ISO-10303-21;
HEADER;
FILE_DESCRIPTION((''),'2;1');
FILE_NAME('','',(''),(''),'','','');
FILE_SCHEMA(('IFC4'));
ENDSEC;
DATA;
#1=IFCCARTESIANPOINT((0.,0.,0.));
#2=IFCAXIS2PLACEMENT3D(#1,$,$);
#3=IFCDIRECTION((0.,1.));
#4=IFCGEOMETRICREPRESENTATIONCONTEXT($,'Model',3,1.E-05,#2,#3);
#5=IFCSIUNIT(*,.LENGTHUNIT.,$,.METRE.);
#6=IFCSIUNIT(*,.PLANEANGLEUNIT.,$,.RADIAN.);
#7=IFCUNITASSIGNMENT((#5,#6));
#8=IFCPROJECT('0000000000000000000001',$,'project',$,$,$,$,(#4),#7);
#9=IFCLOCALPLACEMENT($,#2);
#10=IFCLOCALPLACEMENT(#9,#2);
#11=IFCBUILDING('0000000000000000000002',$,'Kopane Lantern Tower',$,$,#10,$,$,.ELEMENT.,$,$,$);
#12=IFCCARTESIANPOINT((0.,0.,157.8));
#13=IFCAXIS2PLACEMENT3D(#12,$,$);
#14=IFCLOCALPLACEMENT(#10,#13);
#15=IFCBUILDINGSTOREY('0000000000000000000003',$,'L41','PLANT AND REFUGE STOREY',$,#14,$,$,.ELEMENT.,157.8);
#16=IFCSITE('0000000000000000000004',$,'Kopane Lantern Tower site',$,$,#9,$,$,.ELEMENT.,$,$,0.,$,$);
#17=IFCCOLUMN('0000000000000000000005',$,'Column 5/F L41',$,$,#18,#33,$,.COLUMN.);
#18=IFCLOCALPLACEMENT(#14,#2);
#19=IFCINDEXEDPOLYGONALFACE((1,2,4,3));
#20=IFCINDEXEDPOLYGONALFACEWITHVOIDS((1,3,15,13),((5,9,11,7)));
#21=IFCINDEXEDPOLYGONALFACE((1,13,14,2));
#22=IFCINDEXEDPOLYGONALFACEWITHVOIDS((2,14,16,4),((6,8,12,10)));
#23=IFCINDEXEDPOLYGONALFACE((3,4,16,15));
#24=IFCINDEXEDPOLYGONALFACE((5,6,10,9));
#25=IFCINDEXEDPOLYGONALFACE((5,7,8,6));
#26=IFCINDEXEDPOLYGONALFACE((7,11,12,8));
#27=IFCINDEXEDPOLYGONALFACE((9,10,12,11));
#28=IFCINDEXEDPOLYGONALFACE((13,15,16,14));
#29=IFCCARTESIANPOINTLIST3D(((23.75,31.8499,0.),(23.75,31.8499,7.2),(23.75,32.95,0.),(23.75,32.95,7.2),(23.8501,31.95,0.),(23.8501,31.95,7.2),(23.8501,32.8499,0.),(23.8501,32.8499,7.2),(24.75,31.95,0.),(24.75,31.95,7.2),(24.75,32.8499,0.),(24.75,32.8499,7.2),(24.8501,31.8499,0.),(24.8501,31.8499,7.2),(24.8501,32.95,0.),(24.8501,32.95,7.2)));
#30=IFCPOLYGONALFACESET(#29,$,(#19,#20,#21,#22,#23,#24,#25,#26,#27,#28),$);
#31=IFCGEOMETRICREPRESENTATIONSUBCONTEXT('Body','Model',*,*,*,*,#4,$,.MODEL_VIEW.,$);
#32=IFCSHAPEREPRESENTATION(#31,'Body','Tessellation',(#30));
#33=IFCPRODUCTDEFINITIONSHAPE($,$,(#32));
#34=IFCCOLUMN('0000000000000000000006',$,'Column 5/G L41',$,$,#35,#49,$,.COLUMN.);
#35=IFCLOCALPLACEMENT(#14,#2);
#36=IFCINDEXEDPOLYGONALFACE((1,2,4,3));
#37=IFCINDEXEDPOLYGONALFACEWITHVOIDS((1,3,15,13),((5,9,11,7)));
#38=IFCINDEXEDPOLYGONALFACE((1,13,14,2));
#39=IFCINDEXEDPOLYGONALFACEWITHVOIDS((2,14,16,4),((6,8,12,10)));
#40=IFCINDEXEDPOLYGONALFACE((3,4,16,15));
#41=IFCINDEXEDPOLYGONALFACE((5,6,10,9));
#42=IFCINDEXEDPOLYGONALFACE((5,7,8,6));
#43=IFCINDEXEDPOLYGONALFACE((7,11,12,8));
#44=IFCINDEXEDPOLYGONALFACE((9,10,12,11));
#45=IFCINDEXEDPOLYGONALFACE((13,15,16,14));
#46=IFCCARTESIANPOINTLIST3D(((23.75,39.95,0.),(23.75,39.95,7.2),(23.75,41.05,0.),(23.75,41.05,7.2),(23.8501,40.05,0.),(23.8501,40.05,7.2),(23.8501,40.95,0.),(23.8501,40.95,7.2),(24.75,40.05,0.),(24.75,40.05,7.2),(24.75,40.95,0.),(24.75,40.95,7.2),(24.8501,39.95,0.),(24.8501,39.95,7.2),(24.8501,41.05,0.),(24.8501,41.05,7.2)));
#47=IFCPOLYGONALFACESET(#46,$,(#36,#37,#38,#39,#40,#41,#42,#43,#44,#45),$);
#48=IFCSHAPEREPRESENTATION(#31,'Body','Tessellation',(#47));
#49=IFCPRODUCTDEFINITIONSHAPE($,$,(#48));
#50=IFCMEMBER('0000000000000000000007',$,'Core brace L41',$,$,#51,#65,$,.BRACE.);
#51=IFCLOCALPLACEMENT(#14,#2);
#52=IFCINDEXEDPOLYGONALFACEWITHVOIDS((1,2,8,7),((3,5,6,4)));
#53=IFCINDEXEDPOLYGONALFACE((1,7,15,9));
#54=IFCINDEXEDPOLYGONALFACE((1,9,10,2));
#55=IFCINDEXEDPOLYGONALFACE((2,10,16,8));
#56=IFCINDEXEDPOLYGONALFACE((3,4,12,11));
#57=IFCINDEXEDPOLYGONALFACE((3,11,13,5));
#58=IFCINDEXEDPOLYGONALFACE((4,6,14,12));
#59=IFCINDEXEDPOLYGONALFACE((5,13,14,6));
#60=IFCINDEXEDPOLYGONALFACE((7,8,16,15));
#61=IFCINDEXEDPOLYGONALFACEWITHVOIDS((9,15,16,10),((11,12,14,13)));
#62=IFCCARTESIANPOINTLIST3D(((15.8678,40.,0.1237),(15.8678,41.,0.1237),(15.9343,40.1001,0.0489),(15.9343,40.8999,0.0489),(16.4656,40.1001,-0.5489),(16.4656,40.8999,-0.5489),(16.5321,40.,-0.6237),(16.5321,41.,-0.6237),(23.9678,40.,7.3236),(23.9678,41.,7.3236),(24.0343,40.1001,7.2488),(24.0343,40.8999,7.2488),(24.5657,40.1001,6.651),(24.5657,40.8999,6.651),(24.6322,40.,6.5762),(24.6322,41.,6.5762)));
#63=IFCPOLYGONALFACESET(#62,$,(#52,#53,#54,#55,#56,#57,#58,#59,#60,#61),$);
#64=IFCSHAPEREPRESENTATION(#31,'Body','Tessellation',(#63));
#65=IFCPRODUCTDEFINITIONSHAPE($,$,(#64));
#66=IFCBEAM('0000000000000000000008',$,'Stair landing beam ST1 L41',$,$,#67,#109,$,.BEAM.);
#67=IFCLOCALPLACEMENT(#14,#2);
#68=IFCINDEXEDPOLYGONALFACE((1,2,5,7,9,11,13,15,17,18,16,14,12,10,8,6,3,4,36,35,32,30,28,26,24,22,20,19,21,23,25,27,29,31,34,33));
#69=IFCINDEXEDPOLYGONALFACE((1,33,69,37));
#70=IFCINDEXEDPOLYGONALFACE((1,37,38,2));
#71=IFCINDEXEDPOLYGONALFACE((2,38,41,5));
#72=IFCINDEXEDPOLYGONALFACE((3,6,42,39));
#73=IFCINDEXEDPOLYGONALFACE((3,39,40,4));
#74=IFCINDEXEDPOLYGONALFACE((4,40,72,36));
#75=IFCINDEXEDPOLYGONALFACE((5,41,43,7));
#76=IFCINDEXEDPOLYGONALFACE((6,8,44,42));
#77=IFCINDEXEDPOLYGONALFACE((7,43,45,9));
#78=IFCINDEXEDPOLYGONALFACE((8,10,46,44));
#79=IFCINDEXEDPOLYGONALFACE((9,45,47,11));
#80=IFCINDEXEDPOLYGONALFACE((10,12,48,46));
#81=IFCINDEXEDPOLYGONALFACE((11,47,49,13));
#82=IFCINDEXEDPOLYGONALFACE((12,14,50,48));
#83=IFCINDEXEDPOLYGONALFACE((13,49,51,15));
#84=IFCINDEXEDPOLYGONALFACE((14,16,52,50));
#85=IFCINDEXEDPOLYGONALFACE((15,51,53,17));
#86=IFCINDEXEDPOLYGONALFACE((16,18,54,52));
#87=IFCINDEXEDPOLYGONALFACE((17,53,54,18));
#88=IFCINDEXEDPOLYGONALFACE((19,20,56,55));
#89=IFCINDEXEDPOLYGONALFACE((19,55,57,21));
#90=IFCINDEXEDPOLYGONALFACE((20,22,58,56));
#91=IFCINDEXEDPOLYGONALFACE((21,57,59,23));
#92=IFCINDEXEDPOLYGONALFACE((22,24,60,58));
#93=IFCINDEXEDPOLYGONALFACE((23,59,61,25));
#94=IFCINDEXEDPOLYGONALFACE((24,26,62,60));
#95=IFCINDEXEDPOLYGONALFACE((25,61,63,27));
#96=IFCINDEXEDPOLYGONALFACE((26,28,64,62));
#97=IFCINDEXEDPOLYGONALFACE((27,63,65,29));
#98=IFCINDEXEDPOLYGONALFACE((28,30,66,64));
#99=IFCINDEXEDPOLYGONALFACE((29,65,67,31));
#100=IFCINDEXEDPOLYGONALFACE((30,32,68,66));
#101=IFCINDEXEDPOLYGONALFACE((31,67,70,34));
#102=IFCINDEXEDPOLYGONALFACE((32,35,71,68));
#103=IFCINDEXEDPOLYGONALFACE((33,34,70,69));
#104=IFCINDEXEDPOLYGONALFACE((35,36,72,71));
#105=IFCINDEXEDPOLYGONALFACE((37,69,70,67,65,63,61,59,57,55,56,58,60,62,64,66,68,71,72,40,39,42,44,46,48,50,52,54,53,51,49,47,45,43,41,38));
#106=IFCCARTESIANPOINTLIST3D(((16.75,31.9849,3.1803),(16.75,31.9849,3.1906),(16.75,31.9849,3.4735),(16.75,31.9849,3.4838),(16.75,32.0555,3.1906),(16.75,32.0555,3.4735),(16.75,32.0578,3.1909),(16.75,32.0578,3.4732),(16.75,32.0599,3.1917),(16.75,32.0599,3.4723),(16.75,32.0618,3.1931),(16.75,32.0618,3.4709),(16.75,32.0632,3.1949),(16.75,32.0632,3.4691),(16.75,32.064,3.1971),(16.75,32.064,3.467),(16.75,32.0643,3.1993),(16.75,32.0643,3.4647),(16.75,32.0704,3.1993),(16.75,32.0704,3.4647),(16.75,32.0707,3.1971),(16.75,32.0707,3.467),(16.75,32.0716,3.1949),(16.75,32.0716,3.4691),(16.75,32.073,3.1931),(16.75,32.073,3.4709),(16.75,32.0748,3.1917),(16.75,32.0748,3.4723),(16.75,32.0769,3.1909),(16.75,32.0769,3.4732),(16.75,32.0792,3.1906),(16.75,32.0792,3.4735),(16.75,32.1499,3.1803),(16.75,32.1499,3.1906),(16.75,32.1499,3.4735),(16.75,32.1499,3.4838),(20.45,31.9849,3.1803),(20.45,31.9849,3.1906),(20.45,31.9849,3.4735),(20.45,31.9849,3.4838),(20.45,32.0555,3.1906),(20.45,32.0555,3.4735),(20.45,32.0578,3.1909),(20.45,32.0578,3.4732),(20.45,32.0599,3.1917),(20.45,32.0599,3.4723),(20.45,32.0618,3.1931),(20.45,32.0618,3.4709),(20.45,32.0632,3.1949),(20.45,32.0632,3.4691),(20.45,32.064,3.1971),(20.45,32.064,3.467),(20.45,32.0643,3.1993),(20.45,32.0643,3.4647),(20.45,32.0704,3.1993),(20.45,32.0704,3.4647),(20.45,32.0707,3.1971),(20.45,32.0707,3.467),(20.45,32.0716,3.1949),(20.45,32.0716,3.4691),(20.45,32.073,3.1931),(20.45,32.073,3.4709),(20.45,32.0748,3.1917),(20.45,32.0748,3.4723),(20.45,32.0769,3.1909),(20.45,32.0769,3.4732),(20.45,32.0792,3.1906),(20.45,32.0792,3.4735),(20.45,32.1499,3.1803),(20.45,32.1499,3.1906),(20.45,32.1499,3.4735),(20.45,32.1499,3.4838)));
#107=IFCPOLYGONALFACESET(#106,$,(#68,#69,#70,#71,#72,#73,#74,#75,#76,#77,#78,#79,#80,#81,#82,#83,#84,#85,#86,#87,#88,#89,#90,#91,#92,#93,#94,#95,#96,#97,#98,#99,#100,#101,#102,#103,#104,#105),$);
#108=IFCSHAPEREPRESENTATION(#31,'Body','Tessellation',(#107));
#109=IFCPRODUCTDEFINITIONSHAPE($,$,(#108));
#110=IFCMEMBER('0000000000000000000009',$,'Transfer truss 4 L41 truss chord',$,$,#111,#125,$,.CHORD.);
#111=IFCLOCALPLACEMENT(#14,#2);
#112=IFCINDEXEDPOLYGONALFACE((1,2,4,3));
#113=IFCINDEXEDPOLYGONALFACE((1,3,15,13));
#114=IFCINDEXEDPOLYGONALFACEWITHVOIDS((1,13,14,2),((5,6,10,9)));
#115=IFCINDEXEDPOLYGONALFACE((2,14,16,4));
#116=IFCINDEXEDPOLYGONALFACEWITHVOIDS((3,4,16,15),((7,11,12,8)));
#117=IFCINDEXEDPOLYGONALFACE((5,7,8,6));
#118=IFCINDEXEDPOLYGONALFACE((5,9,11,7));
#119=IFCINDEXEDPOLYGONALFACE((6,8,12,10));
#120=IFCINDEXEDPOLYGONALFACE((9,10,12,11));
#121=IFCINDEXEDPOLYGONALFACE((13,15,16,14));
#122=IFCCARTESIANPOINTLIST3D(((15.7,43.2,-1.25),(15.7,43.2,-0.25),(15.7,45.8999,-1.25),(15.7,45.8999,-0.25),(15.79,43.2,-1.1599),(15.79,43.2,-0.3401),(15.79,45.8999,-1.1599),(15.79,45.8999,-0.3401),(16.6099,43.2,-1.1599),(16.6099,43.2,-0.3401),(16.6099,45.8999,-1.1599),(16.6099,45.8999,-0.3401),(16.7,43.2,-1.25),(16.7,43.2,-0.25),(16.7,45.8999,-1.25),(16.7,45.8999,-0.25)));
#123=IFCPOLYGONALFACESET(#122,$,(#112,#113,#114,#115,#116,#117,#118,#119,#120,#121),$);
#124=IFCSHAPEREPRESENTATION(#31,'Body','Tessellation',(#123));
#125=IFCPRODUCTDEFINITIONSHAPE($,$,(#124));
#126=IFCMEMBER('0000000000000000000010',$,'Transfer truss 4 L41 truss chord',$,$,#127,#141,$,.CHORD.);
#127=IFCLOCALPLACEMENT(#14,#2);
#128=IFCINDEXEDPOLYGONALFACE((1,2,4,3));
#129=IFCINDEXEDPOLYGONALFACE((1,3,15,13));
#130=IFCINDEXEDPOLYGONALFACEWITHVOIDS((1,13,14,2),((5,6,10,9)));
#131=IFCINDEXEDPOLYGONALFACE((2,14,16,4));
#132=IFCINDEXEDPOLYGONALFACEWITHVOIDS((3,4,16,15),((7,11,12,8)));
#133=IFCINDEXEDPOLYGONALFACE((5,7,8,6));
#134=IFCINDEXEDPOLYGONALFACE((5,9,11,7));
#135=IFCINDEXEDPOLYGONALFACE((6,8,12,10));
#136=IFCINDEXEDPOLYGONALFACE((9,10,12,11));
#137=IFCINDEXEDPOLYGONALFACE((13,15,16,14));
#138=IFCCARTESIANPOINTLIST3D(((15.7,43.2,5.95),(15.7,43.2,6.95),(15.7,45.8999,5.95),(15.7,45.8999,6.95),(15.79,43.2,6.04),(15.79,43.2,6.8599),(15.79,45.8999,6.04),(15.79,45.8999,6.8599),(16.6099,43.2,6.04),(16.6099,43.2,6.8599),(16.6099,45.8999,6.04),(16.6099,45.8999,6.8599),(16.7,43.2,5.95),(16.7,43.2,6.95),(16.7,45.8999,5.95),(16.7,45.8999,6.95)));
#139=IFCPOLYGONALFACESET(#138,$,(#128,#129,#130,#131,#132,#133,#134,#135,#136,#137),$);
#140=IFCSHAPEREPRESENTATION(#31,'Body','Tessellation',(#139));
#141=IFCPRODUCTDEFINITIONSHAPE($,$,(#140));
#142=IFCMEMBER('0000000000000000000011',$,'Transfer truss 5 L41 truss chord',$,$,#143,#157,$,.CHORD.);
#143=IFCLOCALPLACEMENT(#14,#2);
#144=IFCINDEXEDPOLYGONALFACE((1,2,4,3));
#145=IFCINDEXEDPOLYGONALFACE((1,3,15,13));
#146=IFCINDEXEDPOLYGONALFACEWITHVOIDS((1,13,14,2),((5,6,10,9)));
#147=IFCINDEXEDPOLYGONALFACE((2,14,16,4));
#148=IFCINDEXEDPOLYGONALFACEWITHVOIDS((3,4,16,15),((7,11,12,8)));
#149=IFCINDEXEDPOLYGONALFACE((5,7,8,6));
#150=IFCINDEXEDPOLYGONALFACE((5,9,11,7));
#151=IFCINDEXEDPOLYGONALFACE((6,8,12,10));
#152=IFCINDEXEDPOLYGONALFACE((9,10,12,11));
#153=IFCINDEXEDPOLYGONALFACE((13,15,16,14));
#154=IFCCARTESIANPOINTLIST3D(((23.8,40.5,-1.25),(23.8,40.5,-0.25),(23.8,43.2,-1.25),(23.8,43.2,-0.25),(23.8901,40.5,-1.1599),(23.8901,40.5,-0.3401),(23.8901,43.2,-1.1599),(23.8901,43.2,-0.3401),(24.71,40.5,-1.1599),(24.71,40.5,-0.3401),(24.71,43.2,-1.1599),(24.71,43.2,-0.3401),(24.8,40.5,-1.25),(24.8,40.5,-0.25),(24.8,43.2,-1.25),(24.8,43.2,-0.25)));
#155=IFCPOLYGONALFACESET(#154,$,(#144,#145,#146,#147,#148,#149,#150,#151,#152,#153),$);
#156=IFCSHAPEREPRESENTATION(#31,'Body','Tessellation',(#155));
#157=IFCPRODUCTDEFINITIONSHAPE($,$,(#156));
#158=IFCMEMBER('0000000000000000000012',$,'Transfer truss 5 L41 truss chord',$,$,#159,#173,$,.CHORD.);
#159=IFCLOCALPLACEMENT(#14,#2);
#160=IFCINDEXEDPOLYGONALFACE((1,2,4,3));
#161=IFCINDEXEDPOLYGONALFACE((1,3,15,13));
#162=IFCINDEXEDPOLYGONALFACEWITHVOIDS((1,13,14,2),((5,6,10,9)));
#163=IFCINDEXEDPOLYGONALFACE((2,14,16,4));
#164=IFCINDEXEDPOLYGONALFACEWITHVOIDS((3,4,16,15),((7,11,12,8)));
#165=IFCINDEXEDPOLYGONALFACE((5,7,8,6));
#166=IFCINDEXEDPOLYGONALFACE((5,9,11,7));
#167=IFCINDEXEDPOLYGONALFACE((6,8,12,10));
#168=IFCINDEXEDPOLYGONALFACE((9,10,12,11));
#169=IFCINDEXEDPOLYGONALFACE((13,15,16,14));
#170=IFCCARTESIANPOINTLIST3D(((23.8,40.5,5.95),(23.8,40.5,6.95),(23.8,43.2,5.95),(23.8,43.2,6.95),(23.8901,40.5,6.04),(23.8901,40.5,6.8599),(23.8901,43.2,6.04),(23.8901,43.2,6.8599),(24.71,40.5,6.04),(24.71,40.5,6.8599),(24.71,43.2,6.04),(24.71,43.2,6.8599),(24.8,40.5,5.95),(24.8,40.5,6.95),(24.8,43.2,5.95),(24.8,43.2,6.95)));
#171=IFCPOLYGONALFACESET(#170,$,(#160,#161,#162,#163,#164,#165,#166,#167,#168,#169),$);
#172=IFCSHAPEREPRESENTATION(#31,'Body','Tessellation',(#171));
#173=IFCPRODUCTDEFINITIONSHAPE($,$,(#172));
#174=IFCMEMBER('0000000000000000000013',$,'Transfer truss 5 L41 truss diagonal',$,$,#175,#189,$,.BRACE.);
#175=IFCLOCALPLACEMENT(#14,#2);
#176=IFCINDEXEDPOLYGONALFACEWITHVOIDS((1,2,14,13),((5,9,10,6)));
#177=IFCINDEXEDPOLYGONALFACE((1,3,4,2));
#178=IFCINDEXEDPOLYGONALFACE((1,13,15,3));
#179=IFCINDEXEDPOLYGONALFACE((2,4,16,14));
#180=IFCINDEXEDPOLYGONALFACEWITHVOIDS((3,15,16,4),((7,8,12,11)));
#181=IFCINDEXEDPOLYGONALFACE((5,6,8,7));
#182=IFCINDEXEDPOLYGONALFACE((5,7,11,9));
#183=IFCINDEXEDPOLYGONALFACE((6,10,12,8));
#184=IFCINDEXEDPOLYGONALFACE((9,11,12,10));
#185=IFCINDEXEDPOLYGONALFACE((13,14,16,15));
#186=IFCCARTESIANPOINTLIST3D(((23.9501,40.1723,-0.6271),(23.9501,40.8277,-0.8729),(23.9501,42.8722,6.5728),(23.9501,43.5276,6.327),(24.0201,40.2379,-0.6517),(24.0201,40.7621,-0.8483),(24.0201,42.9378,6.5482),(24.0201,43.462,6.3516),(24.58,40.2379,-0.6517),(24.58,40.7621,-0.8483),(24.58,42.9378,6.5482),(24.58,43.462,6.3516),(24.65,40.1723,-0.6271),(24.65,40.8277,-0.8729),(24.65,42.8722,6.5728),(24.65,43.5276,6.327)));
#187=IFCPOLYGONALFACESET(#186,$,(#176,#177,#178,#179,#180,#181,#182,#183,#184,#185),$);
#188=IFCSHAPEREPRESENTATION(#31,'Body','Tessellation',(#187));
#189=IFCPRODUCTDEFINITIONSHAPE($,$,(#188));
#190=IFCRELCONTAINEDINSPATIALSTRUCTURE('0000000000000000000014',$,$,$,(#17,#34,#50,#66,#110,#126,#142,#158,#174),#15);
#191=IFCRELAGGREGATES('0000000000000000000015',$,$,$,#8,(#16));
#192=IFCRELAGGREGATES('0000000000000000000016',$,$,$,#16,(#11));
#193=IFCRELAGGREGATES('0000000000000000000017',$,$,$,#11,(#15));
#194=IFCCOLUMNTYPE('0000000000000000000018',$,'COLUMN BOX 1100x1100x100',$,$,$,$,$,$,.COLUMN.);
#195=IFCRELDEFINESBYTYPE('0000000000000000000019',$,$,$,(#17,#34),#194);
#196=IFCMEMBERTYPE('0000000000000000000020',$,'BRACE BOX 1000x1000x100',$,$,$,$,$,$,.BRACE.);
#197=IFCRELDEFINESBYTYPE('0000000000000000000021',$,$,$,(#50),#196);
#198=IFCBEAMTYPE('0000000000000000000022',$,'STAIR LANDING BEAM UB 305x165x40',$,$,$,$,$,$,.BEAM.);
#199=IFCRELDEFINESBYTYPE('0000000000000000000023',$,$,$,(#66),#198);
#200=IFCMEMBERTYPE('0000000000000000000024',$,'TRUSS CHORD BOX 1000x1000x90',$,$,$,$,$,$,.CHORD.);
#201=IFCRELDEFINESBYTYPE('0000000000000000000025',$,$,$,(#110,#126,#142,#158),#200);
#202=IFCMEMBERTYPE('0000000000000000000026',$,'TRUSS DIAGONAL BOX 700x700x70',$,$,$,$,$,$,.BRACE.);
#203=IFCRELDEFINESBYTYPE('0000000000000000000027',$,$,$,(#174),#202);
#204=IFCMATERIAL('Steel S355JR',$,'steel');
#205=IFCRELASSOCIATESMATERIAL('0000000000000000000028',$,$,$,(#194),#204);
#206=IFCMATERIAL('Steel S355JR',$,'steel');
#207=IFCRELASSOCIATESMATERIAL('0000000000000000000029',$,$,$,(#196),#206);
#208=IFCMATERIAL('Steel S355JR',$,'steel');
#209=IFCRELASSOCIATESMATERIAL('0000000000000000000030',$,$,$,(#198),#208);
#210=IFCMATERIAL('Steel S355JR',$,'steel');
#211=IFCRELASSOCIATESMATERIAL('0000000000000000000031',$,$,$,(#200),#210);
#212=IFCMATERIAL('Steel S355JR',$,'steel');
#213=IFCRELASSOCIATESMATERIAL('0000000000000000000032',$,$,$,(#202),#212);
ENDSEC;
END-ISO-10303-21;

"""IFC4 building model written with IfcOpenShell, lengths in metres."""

from ifc_helpers import new_model, si_unit, direction, frame, origin, origin_2d, place, context, subcontext, project, spatial, hollow_rectangle, i_section, extrude, material, material_profile, profile_set, type_object, element, save


model = new_model("IFC4")

# Units and contexts
model_context = context("Model", 3, precision=1e-05, world=origin(), true_north=direction((0.0, 1.0)))
body_context = subcontext(model_context, "Body", "Model", "MODEL_VIEW")
ifc_project = project(units=[si_unit("LENGTHUNIT", "METRE"), si_unit("PLANEANGLEUNIT", "RADIAN")], contexts=[model_context])

# Site, building, storey
site_placement = place(None, origin())
site = spatial("IfcSite", under=ifc_project, at=site_placement, Name="Kopane Lantern Tower site", CompositionType="ELEMENT", RefElevation=0.0)
building_placement = place(site_placement, origin())
building = spatial("IfcBuilding", under=site, at=building_placement, Name="Kopane Lantern Tower", CompositionType="ELEMENT")
storey_placement = place(building_placement, frame((0.0, 0.0, 157.8)))
storey = spatial("IfcBuildingStorey", under=building, at=storey_placement, Name="L41", Description="PLANT AND REFUGE STOREY", CompositionType="ELEMENT", Elevation=157.8)

# Columns
ifc_material_1 = material(Name="Steel S355JR", Category="steel")
ifc_material_profile_1 = material_profile(ifc_material_1, hollow_rectangle(XDim=1.1001, YDim=1.1001, WallThickness=0.1001, at=origin_2d()), Name="BOX 1100x1100x100")
ifc_profile_set_1 = profile_set([ifc_material_profile_1], Name="Steel S355JR")
column_type = type_object("IfcColumnType", Name="COLUMN BOX 1100x1100x100", PredefinedType="COLUMN", material=ifc_profile_set_1)
for number, where, z_axis, x_axis, name in (
    (1, (24.3, 32.3999, 0.0), (0.0, 0.0, 1.0), (1.0, 0.0, 0.0), "Column 5/F L41"),
    (2, (24.3, 40.5, 0.0), (0.0, 0.0, 1.0), (1.0, 0.0, 0.0), "Column 5/G L41"),
):
    element("IfcColumn", number, at=place(storey_placement, frame(where, z_axis=z_axis, x_axis=x_axis)), inside=storey, type_object=column_type, Name=name, PredefinedType="COLUMN", context=body_context, shape_type="SweptSolid", body=[
        extrude(hollow_rectangle(XDim=1.1001, YDim=1.1001, WallThickness=0.1001, at=origin_2d()), origin(), (0.0, 0.0, 1.0), 7.2),
    ])

# Member
ifc_material_2 = material(Name="Steel S355JR", Category="steel")
ifc_material_profile_2 = material_profile(ifc_material_2, hollow_rectangle(XDim=1.0, YDim=1.0, WallThickness=0.1001, at=origin_2d()), Name="BOX 1000x1000x100")
ifc_profile_set_2 = profile_set([ifc_material_profile_2], Name="Steel S355JR")
member_type_1 = type_object("IfcMemberType", Name="BRACE BOX 1000x1000x100", PredefinedType="BRACE", material=ifc_profile_set_2)
member_1_placement = place(storey_placement, frame((16.2, 40.5, -0.25), z_axis=(0.747416, 0.0, 0.664357), x_axis=(0.0, 1.0, 0.0)))
element("IfcMember", 3, at=member_1_placement, inside=storey, type_object=member_type_1, Name="Core brace L41", PredefinedType="BRACE", context=body_context, shape_type="SweptSolid", body=[
    extrude(hollow_rectangle(XDim=1.0, YDim=1.0, WallThickness=0.1001, at=origin_2d()), origin(), (0.0, 0.0, 1.0), 10.8374),
])

# Beam
ifc_material_3 = material(Name="Steel S355JR", Category="steel")
ifc_material_profile_3 = material_profile(ifc_material_3, i_section(OverallWidth=0.165, OverallDepth=0.3035, WebThickness=0.0061, FlangeThickness=0.0103, FilletRadius=0.0088, at=origin_2d()), Name="UB 305x165x40")
ifc_profile_set_3 = profile_set([ifc_material_profile_3], Name="Steel S355JR")
beam_type = type_object("IfcBeamType", Name="STAIR LANDING BEAM UB 305x165x40", PredefinedType="BEAM", material=ifc_profile_set_3)
beam_placement = place(storey_placement, frame((16.75, 32.0674, 3.332), z_axis=(1.0, 0.0, 0.0), x_axis=(0.0, 1.0, 0.0)))
element("IfcBeam", 4, at=beam_placement, inside=storey, type_object=beam_type, Name="Stair landing beam ST1 L41", PredefinedType="BEAM", context=body_context, shape_type="SweptSolid", body=[
    extrude(i_section(OverallWidth=0.165, OverallDepth=0.3035, WebThickness=0.0061, FlangeThickness=0.0103, FilletRadius=0.0088, at=origin_2d()), origin(), (0.0, 0.0, 1.0), 3.7),
])

# Members
ifc_material_4 = material(Name="Steel S355JR", Category="steel")
ifc_material_profile_4 = material_profile(ifc_material_4, hollow_rectangle(XDim=1.0, YDim=1.0, WallThickness=0.0901, at=origin_2d()), Name="BOX 1000x1000x90")
ifc_profile_set_4 = profile_set([ifc_material_profile_4], Name="Steel S355JR")
member_type_2 = type_object("IfcMemberType", Name="TRUSS CHORD BOX 1000x1000x90", PredefinedType="CHORD", material=ifc_profile_set_4)
for number, where, z_axis, x_axis, name in (
    (5, (16.2, 43.2, -0.75), (0.0, 1.0, 0.0), (-1.0, 0.0, 0.0), "Transfer truss 4 L41 truss chord"),
    (6, (16.2, 43.2, 6.45), (0.0, 1.0, 0.0), (-1.0, 0.0, 0.0), "Transfer truss 4 L41 truss chord"),
    (7, (24.3, 40.5, -0.75), (0.0, 1.0, 0.0), (-1.0, 0.0, 0.0), "Transfer truss 5 L41 truss chord"),
    (8, (24.3, 40.5, 6.45), (0.0, 1.0, 0.0), (-1.0, 0.0, 0.0), "Transfer truss 5 L41 truss chord"),
):
    element("IfcMember", number, at=place(storey_placement, frame(where, z_axis=z_axis, x_axis=x_axis)), inside=storey, type_object=member_type_2, Name=name, PredefinedType="CHORD", context=body_context, shape_type="SweptSolid", body=[
        extrude(hollow_rectangle(XDim=1.0, YDim=1.0, WallThickness=0.0901, at=origin_2d()), origin(), (0.0, 0.0, 1.0), 2.7),
    ])
ifc_material_5 = material(Name="Steel S355JR", Category="steel")
ifc_material_profile_5 = material_profile(ifc_material_5, hollow_rectangle(XDim=0.7, YDim=0.7, WallThickness=0.0701, at=origin_2d()), Name="BOX 700x700x70")
ifc_profile_set_5 = profile_set([ifc_material_profile_5], Name="Steel S355JR")
member_type_3 = type_object("IfcMemberType", Name="TRUSS DIAGONAL BOX 700x700x70", PredefinedType="BRACE", material=ifc_profile_set_5)
member_2_placement = place(storey_placement, frame((24.3, 40.5, -0.75), z_axis=(0.0, 0.35112, 0.93633), x_axis=(-1.0, 0.0, 0.0)))
element("IfcMember", 9, at=member_2_placement, inside=storey, type_object=member_type_3, Name="Transfer truss 5 L41 truss diagonal", PredefinedType="BRACE", context=body_context, shape_type="SweptSolid", body=[
    extrude(hollow_rectangle(XDim=0.7, YDim=0.7, WallThickness=0.0701, at=origin_2d()), origin(), (0.0, 0.0, 1.0), 7.6895),
])

save(model, "model.ifc")
